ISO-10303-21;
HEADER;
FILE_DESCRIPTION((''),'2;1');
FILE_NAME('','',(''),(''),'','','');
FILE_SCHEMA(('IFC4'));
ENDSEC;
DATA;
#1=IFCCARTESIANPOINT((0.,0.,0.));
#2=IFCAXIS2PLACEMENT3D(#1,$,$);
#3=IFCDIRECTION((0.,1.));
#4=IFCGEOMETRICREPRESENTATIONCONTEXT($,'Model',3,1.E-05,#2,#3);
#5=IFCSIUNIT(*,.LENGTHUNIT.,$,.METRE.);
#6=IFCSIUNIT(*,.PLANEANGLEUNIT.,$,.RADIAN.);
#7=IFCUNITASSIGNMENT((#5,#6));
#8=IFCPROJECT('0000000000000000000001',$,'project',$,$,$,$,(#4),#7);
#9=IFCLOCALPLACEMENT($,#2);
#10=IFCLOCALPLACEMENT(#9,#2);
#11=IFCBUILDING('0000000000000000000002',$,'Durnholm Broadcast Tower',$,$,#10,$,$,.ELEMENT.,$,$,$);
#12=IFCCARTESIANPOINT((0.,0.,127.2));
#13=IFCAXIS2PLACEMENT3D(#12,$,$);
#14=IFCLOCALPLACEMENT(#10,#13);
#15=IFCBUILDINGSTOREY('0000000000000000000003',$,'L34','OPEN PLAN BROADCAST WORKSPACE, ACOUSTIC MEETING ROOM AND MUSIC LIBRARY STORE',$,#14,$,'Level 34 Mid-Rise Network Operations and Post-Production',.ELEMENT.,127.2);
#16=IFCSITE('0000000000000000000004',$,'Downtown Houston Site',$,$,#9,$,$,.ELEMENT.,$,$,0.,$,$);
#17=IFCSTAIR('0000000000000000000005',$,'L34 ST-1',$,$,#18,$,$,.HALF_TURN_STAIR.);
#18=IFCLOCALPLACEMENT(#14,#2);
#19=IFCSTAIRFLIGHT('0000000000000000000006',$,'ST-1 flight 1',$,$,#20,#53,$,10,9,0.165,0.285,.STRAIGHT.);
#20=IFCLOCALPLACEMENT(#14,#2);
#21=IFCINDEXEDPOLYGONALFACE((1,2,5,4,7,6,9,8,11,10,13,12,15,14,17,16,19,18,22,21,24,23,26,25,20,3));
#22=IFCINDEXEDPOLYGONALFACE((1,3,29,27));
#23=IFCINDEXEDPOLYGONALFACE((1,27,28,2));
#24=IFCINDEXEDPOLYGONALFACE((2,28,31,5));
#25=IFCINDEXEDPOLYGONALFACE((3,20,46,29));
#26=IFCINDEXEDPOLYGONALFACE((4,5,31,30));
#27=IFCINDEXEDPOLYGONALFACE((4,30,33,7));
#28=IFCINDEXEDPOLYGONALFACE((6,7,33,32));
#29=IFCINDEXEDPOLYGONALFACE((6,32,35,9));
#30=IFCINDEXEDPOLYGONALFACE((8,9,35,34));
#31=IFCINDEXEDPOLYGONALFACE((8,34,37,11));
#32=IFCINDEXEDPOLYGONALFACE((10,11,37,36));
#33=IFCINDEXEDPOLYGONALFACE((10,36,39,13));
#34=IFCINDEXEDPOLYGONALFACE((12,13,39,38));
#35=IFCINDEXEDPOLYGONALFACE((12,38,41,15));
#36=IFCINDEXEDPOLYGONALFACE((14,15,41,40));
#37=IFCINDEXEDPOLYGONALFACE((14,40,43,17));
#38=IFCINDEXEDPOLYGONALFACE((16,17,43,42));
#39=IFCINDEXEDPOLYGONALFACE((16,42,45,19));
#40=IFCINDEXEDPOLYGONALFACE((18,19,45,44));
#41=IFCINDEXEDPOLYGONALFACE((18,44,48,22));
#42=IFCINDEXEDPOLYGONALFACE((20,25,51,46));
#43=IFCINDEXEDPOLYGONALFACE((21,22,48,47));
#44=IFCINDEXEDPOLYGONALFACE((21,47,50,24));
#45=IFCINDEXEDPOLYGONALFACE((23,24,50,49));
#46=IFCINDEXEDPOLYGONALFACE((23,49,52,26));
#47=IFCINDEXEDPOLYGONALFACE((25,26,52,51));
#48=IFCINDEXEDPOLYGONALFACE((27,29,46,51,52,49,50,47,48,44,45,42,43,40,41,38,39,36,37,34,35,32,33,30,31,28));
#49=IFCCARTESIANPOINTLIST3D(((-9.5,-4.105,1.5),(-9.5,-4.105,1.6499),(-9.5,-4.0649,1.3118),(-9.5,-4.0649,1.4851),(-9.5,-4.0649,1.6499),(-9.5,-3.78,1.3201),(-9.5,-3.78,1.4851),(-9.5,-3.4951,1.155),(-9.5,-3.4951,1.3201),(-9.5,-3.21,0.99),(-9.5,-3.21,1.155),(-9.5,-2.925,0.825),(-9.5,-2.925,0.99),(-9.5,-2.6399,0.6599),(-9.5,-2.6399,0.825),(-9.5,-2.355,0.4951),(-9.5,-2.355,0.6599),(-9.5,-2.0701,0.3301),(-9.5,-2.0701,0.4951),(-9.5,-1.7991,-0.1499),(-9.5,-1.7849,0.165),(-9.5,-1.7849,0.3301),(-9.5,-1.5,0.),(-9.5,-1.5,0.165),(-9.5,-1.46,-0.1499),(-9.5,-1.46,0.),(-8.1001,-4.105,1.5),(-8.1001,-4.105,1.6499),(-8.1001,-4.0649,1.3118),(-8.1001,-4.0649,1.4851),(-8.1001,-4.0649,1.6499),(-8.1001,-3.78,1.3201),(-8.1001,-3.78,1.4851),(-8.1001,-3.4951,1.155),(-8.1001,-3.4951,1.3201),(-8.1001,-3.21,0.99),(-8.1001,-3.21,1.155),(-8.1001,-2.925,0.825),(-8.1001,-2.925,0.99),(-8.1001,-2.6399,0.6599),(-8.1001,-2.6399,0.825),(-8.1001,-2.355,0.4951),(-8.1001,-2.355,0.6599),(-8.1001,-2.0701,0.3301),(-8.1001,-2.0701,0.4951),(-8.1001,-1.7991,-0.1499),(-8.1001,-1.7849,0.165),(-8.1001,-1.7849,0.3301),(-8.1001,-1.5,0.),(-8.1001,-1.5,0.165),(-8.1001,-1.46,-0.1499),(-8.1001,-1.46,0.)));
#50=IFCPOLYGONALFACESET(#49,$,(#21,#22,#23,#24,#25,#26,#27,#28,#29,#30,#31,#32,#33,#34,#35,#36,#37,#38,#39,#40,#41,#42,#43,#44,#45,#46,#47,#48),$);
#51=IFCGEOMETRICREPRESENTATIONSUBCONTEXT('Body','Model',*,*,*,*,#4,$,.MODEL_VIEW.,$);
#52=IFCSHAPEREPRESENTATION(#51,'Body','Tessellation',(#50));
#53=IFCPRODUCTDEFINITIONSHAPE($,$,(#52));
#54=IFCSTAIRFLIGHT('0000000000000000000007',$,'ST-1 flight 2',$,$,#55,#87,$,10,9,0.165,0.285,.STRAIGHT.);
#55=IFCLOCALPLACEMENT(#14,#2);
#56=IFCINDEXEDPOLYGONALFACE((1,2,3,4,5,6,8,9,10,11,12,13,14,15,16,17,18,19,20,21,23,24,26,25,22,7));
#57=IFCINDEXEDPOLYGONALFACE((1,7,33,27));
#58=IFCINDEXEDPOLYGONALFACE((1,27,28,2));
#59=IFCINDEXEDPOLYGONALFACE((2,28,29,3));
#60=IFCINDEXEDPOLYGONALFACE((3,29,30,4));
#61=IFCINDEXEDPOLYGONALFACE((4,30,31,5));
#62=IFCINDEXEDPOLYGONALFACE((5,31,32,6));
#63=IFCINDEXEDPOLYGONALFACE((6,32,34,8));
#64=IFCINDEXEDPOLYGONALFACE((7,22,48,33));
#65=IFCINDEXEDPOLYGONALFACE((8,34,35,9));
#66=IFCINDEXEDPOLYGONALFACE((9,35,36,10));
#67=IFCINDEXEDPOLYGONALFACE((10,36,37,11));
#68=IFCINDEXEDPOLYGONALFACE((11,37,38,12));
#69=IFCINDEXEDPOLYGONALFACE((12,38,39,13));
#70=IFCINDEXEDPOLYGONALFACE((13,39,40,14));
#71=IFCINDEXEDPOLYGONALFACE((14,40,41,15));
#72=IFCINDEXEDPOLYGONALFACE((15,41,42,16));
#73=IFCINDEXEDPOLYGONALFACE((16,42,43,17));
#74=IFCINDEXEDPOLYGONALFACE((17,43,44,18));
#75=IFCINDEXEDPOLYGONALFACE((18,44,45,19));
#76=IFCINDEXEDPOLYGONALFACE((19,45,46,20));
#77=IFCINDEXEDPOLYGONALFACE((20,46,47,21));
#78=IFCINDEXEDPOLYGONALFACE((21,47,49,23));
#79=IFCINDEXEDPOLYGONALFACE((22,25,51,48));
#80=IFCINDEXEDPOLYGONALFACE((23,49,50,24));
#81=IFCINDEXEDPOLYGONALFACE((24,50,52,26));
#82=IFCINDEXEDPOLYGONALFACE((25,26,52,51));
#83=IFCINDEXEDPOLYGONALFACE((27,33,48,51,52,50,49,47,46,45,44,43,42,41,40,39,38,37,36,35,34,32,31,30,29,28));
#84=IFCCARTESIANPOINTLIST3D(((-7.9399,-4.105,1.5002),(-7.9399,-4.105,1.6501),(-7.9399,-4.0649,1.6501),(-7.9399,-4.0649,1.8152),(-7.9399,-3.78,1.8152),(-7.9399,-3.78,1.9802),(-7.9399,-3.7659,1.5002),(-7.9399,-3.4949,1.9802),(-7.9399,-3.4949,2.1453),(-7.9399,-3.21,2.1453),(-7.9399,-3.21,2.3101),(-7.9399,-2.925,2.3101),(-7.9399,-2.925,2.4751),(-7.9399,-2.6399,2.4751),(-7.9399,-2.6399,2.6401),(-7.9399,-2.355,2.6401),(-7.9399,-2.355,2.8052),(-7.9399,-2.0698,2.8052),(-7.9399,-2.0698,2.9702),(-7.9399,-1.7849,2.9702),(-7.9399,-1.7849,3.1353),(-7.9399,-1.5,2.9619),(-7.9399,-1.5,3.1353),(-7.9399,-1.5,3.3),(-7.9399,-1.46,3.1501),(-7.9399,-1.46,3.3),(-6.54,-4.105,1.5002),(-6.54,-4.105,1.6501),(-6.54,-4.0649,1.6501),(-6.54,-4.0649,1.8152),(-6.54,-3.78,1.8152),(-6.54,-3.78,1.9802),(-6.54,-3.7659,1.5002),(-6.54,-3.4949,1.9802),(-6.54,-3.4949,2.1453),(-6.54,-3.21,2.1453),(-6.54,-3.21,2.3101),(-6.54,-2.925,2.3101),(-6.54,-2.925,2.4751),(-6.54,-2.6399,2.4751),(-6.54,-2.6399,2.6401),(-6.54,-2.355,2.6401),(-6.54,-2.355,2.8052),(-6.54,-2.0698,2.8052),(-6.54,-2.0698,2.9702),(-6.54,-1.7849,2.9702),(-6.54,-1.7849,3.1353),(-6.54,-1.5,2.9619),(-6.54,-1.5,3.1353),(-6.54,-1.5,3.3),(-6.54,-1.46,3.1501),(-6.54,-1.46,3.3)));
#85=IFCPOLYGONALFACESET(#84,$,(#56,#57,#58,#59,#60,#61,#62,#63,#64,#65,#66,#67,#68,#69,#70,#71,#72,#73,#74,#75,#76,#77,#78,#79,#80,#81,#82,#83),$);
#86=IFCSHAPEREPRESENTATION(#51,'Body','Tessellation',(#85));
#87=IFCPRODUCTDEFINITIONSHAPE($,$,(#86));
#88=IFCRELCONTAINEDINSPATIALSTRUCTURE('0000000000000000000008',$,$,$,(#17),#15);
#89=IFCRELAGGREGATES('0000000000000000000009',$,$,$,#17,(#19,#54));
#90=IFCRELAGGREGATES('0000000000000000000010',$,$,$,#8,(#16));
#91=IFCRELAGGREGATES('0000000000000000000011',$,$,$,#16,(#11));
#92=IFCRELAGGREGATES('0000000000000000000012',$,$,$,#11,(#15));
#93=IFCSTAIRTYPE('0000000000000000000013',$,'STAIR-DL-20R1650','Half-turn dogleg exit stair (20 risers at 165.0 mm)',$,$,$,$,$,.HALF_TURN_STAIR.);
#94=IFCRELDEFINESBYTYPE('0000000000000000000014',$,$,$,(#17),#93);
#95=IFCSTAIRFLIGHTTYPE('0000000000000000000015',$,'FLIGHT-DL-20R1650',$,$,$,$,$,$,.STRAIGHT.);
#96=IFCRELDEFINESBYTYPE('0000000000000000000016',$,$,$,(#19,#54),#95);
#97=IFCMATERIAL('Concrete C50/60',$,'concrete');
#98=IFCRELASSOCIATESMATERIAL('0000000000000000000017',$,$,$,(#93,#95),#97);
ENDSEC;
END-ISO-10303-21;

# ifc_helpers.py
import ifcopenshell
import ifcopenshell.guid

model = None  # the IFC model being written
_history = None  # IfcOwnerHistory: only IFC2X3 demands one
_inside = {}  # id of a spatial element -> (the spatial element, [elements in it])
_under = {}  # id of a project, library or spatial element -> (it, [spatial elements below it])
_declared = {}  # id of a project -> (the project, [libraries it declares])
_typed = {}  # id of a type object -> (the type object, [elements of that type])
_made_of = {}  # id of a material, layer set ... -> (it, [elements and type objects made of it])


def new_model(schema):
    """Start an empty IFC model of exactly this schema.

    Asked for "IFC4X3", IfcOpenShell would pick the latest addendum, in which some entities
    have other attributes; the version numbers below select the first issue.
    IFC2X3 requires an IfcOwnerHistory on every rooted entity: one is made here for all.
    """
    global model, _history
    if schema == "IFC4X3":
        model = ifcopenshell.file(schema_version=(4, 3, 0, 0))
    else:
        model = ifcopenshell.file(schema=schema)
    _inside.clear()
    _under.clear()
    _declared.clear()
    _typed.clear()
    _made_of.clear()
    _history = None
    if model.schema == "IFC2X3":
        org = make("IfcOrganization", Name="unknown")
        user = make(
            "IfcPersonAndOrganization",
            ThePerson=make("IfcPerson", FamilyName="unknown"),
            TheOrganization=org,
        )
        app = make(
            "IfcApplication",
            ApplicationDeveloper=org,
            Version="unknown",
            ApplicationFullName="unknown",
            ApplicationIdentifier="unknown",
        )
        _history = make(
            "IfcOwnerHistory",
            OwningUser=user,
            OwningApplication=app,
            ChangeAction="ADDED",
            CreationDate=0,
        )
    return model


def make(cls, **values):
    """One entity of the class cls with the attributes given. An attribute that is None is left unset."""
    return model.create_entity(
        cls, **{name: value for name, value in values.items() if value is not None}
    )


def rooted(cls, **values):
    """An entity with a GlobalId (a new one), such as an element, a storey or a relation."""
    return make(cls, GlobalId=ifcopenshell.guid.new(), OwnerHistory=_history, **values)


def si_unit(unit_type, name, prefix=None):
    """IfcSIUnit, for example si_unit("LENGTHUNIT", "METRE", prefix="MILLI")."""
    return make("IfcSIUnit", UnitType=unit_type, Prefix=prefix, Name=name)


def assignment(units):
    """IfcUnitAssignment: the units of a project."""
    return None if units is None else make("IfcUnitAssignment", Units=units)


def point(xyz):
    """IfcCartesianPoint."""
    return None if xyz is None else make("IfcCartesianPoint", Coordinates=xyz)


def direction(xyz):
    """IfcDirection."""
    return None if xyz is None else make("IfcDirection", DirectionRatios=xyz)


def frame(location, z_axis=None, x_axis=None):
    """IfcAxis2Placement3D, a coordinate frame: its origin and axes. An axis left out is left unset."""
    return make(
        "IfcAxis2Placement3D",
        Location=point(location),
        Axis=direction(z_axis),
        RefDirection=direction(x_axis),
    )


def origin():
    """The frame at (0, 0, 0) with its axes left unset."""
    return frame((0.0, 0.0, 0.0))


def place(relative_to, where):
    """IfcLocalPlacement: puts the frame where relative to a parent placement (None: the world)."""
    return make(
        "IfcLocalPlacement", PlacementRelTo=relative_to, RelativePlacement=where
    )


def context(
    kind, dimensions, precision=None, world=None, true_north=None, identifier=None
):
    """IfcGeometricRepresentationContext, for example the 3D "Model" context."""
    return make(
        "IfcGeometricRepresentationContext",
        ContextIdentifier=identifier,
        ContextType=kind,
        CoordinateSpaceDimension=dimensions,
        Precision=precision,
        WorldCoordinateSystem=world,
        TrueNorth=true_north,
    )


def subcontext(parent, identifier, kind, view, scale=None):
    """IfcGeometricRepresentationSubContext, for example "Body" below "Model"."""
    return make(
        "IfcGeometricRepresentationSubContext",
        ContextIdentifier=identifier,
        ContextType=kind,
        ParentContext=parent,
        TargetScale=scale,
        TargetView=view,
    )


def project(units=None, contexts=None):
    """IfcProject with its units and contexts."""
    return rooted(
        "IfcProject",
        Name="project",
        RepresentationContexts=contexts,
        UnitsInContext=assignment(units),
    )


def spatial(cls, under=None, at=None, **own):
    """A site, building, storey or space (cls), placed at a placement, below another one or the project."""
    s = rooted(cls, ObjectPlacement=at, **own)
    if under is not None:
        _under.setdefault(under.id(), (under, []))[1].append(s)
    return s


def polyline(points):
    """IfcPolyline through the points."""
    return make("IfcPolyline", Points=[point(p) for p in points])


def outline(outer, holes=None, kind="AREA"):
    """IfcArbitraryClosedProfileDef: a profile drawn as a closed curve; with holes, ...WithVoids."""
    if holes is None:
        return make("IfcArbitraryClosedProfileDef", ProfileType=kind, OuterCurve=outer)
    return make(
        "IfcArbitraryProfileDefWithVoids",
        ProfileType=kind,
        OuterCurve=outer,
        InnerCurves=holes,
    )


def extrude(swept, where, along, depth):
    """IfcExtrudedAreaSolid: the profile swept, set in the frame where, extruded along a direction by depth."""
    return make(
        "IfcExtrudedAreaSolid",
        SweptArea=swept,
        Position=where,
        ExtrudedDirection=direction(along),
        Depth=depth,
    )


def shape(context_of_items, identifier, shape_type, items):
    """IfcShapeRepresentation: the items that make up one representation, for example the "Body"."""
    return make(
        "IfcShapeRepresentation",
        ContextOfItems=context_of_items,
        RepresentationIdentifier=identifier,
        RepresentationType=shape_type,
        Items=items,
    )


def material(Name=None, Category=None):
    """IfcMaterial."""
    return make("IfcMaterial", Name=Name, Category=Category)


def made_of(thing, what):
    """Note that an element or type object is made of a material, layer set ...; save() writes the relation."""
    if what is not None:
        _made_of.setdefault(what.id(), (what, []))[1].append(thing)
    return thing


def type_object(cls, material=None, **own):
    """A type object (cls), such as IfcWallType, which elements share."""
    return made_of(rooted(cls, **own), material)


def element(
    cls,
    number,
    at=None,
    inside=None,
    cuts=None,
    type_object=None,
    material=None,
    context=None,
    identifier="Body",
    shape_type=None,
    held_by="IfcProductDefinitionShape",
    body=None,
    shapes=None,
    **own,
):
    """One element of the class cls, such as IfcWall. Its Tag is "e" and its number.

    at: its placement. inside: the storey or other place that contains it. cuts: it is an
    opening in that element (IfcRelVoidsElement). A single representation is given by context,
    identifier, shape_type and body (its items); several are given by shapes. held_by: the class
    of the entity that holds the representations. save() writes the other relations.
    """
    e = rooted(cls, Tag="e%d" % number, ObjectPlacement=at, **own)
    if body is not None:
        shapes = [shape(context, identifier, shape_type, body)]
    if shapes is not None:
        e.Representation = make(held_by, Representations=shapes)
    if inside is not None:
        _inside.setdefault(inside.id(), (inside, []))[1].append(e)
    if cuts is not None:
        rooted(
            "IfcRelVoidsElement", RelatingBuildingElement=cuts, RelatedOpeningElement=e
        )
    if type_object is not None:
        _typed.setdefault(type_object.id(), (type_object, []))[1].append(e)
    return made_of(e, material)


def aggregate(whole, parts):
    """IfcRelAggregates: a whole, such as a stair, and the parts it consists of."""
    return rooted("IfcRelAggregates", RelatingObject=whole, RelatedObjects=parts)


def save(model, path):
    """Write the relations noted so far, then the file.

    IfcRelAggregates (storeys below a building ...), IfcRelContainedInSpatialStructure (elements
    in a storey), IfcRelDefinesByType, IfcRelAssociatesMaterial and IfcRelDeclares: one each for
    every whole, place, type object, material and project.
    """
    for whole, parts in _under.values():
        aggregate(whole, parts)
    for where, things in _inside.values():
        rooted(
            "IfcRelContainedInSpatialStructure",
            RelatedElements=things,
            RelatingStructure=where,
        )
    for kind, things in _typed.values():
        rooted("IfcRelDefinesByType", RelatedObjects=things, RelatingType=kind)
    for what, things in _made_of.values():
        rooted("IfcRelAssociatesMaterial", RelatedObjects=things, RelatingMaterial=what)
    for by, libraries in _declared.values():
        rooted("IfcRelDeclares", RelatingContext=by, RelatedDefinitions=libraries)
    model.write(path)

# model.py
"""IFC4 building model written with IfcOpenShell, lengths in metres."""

from ifc_helpers import new_model, si_unit, direction, frame, origin, place, context, subcontext, project, spatial, polyline, outline, extrude, material, type_object, element, aggregate, save


model = new_model("IFC4")

# Units and contexts
model_context = context("Model", 3, precision=1e-05, world=origin(), true_north=direction((0.0, 1.0)))
body_context = subcontext(model_context, "Body", "Model", "MODEL_VIEW")
ifc_project = project(units=[si_unit("LENGTHUNIT", "METRE"), si_unit("PLANEANGLEUNIT", "RADIAN")], contexts=[model_context])

# Site, building, storey
site_placement = place(None, origin())
site = spatial("IfcSite", under=ifc_project, at=site_placement, Name="Downtown Houston Site", CompositionType="ELEMENT", RefElevation=0.0)
building_placement = place(site_placement, origin())
building = spatial("IfcBuilding", under=site, at=building_placement, Name="Durnholm Broadcast Tower", CompositionType="ELEMENT")
storey_placement = place(building_placement, frame((0.0, 0.0, 127.2)))
storey = spatial("IfcBuildingStorey", under=building, at=storey_placement, Name="L34", Description="OPEN PLAN BROADCAST WORKSPACE, ACOUSTIC MEETING ROOM AND MUSIC LIBRARY STORE", LongName="Level 34 Mid-Rise Network Operations and Post-Production", CompositionType="ELEMENT", Elevation=127.2)

# Shared definitions
ifc_material_1 = material(Name="Concrete C50/60", Category="concrete")

# Stair
stair_type = type_object("IfcStairType", Name="STAIR-DL-20R1650", Description="Half-turn dogleg exit stair (20 risers at 165.0 mm)", PredefinedType="HALF_TURN_STAIR", material=ifc_material_1)
stair_1_placement = place(storey_placement, origin())
stair_1 = element("IfcStair", 1, at=stair_1_placement, inside=storey, type_object=stair_type, Name="L34 ST-1", PredefinedType="HALF_TURN_STAIR")

# Stair flights
stair_flight_type = type_object("IfcStairFlightType", Name="FLIGHT-DL-20R1650", PredefinedType="STRAIGHT", material=ifc_material_1)
stair_flight_1_placement = place(storey_placement, frame((-8.8, -1.5, 0.0), z_axis=(0.0, 0.0, 1.0), x_axis=(0.0, -1.0, 0.0)))
stair_flight_1 = element("IfcStairFlight", 2, at=stair_flight_1_placement, type_object=stair_flight_type, Name="ST-1 flight 1", NumberOfRisers=10, NumberOfTreads=9, PredefinedType="STRAIGHT", RiserHeight=0.165, TreadLength=0.285, context=body_context, shape_type="SweptSolid", body=[
    extrude(outline(polyline([(-0.04, -0.1499), (-0.04, 0.0), (0.0, 0.0), (0.0, 0.165), (0.2849, 0.165), (0.2849, 0.3301), (0.5701, 0.3301), (0.5701, 0.4951), (0.855, 0.4951), (0.855, 0.6599), (1.1399, 0.6599), (1.1399, 0.825), (1.425, 0.825), (1.425, 0.99), (1.71, 0.99), (1.71, 1.155), (1.9951, 1.155), (1.9951, 1.3201), (2.28, 1.3201), (2.28, 1.4851), (2.5649, 1.4851), (2.5649, 1.6499), (2.605, 1.6499), (2.605, 1.5), (2.5649, 1.3118), (0.2991, -0.1499), (-0.04, -0.1499)])), frame((0.0, 0.7, 0.0), z_axis=(0.0, -1.0, 0.0), x_axis=(1.0, 0.0, 0.0)), (0.0, 0.0, 1.0), 1.3999),
])
stair_flight_2_placement = place(storey_placement, frame((-7.24, -4.0649, 1.6501), z_axis=(0.0, 0.0, 1.0), x_axis=(0.0, 1.0, 0.0)))
stair_flight_2 = element("IfcStairFlight", 3, at=stair_flight_2_placement, type_object=stair_flight_type, Name="ST-1 flight 2", NumberOfRisers=10, NumberOfTreads=9, PredefinedType="STRAIGHT", RiserHeight=0.165, TreadLength=0.285, context=body_context, shape_type="SweptSolid", body=[
    extrude(outline(polyline([(-0.04, -0.1499), (-0.04, 0.0), (0.0, 0.0), (0.0, 0.165), (0.2849, 0.165), (0.2849, 0.3301), (0.5701, 0.3301), (0.5701, 0.4951), (0.855, 0.4951), (0.855, 0.6599), (1.1399, 0.6599), (1.1399, 0.825), (1.425, 0.825), (1.425, 0.99), (1.71, 0.99), (1.71, 1.155), (1.9951, 1.155), (1.9951, 1.3201), (2.28, 1.3201), (2.28, 1.4851), (2.5649, 1.4851), (2.5649, 1.6499), (2.605, 1.6499), (2.605, 1.5), (2.5649, 1.3118), (0.2991, -0.1499), (-0.04, -0.1499)])), frame((0.0, 0.7, 0.0), z_axis=(0.0, -1.0, 0.0), x_axis=(1.0, 0.0, 0.0)), (0.0, 0.0, 1.0), 1.3999),
])
aggregate(stair_1, [stair_flight_1, stair_flight_2])

save(model, "model.ifc")
